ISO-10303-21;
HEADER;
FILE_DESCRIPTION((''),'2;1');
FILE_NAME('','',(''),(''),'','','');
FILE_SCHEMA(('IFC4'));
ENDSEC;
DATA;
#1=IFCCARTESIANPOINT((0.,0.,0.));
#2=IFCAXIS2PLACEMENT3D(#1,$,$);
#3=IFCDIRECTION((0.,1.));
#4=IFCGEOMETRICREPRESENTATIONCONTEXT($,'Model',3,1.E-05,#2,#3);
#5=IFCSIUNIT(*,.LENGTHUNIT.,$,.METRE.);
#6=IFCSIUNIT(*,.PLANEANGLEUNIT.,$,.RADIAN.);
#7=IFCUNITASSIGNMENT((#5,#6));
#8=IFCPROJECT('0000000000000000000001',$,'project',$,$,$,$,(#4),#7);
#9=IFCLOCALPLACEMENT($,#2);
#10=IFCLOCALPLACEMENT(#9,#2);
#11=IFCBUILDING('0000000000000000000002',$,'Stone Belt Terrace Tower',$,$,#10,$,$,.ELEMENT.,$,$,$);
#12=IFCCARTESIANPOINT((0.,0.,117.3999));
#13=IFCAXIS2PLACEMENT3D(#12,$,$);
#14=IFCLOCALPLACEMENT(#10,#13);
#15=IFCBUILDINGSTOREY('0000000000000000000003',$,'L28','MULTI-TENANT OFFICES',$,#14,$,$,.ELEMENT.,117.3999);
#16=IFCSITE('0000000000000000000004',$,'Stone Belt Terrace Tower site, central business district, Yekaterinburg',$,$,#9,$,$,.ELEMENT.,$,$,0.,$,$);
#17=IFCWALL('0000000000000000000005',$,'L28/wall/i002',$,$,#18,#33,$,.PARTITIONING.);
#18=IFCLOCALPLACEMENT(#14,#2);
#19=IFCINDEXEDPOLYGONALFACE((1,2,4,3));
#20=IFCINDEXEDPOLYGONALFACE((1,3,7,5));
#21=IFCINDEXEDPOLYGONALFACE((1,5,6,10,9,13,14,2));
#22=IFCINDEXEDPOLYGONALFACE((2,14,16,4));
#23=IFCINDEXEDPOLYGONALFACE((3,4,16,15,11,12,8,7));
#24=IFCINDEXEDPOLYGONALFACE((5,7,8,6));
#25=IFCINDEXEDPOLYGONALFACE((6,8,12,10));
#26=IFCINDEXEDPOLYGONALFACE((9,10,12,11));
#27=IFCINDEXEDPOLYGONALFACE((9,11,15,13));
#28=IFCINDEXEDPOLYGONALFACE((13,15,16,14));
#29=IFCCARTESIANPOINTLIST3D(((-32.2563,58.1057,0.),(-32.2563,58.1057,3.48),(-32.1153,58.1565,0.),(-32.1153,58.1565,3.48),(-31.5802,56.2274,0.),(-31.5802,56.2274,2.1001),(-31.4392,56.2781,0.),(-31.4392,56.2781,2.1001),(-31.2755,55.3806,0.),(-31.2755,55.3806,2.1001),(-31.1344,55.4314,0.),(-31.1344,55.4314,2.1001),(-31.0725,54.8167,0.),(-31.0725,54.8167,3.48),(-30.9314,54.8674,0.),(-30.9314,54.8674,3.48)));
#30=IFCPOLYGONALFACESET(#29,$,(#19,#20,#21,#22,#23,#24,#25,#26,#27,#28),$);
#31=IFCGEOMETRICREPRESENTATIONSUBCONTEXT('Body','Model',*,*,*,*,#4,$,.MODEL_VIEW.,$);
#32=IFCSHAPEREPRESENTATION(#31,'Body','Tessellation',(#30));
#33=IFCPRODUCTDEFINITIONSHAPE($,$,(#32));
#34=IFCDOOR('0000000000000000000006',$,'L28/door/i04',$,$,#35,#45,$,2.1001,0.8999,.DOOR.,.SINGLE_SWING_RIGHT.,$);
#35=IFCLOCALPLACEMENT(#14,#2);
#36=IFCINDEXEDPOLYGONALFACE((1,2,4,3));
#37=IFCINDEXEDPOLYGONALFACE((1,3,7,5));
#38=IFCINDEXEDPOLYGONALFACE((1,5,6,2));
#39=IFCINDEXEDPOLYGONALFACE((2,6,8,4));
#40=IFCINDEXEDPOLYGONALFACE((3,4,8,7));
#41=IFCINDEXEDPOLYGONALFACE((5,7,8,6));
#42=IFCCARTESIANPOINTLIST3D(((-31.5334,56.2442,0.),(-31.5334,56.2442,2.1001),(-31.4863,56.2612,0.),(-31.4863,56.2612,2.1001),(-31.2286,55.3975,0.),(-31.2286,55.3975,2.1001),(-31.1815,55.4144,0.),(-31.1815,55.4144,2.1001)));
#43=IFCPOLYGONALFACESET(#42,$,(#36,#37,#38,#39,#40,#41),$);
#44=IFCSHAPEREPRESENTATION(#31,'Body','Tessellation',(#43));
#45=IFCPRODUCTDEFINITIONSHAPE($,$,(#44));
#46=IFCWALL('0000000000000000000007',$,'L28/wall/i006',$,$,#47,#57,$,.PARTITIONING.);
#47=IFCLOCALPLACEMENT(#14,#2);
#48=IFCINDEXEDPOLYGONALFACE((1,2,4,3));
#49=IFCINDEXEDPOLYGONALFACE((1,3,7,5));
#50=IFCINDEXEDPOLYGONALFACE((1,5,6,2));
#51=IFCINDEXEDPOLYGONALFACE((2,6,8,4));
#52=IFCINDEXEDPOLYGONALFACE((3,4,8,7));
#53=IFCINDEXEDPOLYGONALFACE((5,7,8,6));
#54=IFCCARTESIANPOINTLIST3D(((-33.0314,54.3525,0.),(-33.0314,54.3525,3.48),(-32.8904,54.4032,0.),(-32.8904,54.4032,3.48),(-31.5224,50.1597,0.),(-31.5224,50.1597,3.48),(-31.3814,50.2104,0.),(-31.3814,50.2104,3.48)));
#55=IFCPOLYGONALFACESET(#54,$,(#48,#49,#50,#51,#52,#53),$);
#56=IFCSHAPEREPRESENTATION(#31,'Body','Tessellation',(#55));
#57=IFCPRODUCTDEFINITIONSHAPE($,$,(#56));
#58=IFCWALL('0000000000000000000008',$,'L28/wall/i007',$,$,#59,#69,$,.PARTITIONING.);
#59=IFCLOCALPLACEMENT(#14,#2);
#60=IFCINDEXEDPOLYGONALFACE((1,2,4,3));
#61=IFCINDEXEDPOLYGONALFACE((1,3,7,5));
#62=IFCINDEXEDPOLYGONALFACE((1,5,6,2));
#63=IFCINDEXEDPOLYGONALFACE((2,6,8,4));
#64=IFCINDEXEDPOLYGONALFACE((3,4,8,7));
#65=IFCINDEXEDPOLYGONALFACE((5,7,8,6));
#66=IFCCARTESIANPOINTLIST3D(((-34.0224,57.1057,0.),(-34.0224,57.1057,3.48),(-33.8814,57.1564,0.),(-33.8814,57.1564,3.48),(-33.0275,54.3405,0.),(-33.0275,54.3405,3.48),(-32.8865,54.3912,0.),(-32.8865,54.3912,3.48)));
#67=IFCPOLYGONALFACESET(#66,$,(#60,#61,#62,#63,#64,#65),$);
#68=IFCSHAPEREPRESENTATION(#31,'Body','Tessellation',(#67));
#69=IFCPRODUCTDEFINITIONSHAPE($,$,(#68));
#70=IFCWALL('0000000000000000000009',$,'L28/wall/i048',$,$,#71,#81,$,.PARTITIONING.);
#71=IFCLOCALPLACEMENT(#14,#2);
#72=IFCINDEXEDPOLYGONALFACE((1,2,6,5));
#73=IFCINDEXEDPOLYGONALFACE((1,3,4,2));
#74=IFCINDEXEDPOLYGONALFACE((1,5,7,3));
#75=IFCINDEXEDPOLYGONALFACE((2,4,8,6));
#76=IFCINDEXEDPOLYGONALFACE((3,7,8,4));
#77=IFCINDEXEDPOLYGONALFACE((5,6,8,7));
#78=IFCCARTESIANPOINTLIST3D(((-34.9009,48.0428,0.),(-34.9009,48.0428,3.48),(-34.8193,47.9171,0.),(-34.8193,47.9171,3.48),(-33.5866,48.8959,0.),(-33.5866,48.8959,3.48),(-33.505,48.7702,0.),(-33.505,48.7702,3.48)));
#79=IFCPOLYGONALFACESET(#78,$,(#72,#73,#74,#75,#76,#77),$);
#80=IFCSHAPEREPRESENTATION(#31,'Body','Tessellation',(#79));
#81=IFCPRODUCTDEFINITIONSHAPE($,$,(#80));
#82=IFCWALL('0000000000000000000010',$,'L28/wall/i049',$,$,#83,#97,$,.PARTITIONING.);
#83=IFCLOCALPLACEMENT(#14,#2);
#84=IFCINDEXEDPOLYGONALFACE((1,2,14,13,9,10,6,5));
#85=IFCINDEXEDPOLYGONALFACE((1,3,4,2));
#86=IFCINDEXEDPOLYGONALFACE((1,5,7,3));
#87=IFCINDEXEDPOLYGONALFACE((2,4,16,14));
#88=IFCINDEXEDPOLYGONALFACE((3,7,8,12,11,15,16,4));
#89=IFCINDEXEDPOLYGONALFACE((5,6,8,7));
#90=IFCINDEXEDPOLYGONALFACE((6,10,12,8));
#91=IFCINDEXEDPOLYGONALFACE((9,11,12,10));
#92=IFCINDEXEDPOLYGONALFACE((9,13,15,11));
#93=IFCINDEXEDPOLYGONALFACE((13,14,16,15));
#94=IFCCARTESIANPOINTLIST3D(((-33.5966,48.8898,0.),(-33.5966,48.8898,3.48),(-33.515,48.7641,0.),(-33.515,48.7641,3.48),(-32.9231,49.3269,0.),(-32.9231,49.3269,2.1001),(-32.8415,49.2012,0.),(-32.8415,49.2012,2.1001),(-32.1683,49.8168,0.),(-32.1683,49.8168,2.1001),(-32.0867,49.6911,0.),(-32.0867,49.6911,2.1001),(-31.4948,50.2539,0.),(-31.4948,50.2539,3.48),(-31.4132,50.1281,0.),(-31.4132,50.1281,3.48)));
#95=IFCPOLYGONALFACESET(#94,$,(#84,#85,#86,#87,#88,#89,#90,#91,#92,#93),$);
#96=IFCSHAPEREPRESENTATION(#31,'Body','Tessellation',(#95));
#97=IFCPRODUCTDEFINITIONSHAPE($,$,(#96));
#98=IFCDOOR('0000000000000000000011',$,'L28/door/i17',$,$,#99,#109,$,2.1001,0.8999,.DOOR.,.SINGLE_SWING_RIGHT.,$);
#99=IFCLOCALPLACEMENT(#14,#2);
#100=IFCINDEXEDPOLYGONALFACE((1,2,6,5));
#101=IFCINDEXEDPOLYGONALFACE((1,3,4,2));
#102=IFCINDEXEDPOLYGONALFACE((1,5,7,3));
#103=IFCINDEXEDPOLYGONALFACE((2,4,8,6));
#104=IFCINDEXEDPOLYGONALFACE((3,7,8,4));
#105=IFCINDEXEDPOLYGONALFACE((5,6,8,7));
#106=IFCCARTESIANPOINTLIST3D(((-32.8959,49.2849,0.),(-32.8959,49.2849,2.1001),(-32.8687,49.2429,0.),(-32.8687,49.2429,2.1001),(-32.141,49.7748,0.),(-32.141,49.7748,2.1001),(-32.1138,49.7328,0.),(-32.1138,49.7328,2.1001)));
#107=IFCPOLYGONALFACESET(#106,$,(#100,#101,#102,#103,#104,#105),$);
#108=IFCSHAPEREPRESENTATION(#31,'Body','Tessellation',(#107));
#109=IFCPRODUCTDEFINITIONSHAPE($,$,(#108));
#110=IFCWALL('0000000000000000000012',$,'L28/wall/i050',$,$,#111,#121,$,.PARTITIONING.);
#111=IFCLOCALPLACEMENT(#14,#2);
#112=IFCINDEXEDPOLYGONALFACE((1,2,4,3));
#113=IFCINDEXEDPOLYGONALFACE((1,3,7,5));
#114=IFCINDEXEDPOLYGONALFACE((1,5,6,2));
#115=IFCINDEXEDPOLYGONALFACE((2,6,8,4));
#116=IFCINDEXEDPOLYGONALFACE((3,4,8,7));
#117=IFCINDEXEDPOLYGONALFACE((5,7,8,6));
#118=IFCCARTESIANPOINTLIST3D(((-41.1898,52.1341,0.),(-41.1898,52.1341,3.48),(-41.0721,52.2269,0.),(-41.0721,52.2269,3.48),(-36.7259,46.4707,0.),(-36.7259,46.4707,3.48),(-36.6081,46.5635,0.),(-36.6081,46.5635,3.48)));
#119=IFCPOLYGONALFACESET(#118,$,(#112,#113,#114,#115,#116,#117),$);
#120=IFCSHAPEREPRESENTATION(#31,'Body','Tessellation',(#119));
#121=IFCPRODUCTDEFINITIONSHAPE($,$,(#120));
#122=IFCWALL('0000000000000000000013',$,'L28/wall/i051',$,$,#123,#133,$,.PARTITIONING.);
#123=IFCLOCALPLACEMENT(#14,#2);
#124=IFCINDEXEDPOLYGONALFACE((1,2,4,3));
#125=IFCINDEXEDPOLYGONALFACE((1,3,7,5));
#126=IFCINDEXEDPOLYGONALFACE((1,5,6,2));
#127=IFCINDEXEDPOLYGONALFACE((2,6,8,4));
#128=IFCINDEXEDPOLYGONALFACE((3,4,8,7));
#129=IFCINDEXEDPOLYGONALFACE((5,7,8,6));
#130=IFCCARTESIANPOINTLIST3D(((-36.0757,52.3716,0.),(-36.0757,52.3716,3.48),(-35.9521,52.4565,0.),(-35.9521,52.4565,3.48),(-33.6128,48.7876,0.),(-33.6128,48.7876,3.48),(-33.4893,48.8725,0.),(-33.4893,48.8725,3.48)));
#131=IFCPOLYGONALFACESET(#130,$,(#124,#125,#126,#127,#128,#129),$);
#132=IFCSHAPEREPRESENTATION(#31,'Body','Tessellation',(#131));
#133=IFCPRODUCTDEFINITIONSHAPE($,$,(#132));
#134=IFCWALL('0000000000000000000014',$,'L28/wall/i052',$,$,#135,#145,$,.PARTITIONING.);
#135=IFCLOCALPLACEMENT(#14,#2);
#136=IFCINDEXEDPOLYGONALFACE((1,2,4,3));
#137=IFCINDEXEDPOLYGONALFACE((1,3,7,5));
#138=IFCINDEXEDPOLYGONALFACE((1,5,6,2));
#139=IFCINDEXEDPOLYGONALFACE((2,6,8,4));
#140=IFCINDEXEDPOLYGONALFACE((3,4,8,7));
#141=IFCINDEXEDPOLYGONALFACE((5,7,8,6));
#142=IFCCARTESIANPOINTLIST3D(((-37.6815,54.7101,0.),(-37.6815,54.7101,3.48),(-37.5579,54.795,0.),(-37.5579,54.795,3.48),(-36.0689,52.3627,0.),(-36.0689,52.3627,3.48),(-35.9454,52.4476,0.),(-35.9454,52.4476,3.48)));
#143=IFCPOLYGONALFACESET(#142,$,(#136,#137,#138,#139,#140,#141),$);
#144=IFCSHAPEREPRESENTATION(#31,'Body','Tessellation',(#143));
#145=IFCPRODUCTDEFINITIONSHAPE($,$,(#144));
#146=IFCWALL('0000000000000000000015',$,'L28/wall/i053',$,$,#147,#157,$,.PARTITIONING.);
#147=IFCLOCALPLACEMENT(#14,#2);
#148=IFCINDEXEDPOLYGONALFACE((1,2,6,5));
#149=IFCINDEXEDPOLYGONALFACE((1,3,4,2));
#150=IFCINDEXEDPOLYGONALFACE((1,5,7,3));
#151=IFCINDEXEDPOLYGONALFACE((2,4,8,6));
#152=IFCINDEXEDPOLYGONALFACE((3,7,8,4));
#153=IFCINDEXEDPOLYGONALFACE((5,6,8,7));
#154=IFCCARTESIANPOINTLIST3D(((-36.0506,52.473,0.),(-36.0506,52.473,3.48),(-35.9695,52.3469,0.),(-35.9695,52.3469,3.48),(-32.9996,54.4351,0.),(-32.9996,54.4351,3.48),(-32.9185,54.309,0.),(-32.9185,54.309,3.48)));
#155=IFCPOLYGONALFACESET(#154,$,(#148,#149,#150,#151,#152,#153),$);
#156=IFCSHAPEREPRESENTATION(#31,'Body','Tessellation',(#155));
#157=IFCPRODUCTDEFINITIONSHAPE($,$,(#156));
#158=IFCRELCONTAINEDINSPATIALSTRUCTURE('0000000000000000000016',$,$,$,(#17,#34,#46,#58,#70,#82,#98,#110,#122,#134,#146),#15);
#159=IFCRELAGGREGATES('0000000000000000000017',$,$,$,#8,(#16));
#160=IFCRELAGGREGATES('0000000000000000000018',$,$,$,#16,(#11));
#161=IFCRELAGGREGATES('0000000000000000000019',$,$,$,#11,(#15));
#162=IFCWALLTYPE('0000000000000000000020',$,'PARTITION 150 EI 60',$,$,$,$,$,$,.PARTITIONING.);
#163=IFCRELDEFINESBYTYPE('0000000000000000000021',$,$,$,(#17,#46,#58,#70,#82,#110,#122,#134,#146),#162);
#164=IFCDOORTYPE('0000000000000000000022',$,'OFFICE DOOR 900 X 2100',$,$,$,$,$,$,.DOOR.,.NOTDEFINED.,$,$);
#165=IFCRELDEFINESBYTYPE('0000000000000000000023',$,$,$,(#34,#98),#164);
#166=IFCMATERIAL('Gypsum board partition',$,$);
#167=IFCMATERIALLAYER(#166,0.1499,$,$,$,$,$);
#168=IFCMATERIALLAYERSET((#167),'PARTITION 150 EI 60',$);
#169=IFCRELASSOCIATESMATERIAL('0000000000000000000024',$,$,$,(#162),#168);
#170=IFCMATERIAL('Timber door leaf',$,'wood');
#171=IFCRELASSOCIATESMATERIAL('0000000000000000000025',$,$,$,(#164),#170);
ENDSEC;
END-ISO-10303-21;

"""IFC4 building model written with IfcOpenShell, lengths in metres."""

from ifc_helpers import new_model, si_unit, direction, frame, frame_2d, origin, place, context, subcontext, project, spatial, rectangle, extrude, material, layer, layer_set, type_object, element, fill, save


model = new_model("IFC4")

# Units and contexts
model_context = context("Model", 3, precision=1e-05, world=origin(), true_north=direction((0.0, 1.0)))
body_context = subcontext(model_context, "Body", "Model", "MODEL_VIEW")
ifc_project = project(units=[si_unit("LENGTHUNIT", "METRE"), si_unit("PLANEANGLEUNIT", "RADIAN")], contexts=[model_context])

# Site, building, storey
site_placement = place(None, origin())
site = spatial("IfcSite", under=ifc_project, at=site_placement, Name="Stone Belt Terrace Tower site, central business district, Yekaterinburg", CompositionType="ELEMENT", RefElevation=0.0)
building_placement = place(site_placement, origin())
building = spatial("IfcBuilding", under=site, at=building_placement, Name="Stone Belt Terrace Tower", CompositionType="ELEMENT")
storey_placement = place(building_placement, frame((0.0, 0.0, 117.3999)))
storey = spatial("IfcBuildingStorey", under=building, at=storey_placement, Name="L28", Description="MULTI-TENANT OFFICES", CompositionType="ELEMENT", Elevation=117.3999)

# Wall, opening, door
ifc_material_1 = material(Name="Gypsum board partition")
ifc_layer_1 = layer(ifc_material_1, 0.1499)
ifc_layer_set_1 = layer_set([ifc_layer_1], Name="PARTITION 150 EI 60")
wall_type_1 = type_object("IfcWallType", Name="PARTITION 150 EI 60", PredefinedType="PARTITIONING", material=ifc_layer_set_1)
wall_1_placement = place(storey_placement, frame((-32.1858, 58.1311, 0.0), z_axis=(0.0, 0.0, 1.0), x_axis=(0.338663, -0.940908, 0.0)))
wall_1 = element("IfcWall", 1, at=wall_1_placement, inside=storey, type_object=wall_type_1, Name="L28/wall/i002", PredefinedType="PARTITIONING", context=body_context, shape_type="SweptSolid", body=[
    extrude(rectangle(XDim=3.4956, YDim=0.1499, at=frame_2d((1.7478, 0.0))), origin(), (0.0, 0.0, 1.0), 3.48),
])
opening_1_placement = place(wall_1_placement, frame((1.9963, 0.0, 0.0)))
opening_1 = element("IfcOpeningElement", 2, at=opening_1_placement, cuts=wall_1, PredefinedType="OPENING", context=body_context, shape_type="SweptSolid", body=[
    extrude(rectangle(XDim=0.8999, YDim=2.1001, at=frame_2d((0.45, 1.05))), frame((0.0, 0.085, 0.0), z_axis=(0.0, -1.0, 0.0), x_axis=(1.0, 0.0, 0.0)), (0.0, 0.0, 1.0), 0.1699),
])
ifc_material_2 = material(Name="Timber door leaf", Category="wood")
door_type = type_object("IfcDoorType", Name="OFFICE DOOR 900 X 2100", OperationType="NOTDEFINED", PredefinedType="DOOR", material=ifc_material_2)
door_1_placement = place(opening_1_placement, origin())
door_1 = element("IfcDoor", 3, at=door_1_placement, inside=storey, type_object=door_type, Name="L28/door/i04", OperationType="SINGLE_SWING_RIGHT", OverallHeight=2.1001, OverallWidth=0.8999, PredefinedType="DOOR", context=body_context, shape_type="SweptSolid", body=[
    extrude(rectangle(XDim=0.8999, YDim=2.1001, at=frame_2d((0.45, 1.05))), frame((0.0, 0.0249, 0.0), z_axis=(0.0, -1.0, 0.0), x_axis=(1.0, 0.0, 0.0)), (0.0, 0.0, 1.0), 0.05),
])
fill(opening_1, door_1)

# Walls
wall_2_placement = place(storey_placement, frame((-31.4519, 50.1851, 0.0), z_axis=(0.0, 0.0, 1.0), x_axis=(-0.33864, 0.940916, 0.0)))
element("IfcWall", 4, at=wall_2_placement, inside=storey, type_object=wall_type_1, Name="L28/wall/i006", PredefinedType="PARTITIONING", context=body_context, shape_type="SweptSolid", body=[
    extrude(rectangle(XDim=4.4561, YDim=0.1499, at=frame_2d((2.228, 0.0))), origin(), (0.0, 0.0, 1.0), 3.48),
])
wall_3_placement = place(storey_placement, frame((-32.957, 54.366, 0.0), z_axis=(0.0, 0.0, 1.0), x_axis=(-0.338546, 0.94095, 0.0)))
element("IfcWall", 5, at=wall_3_placement, inside=storey, type_object=wall_type_1, Name="L28/wall/i007", PredefinedType="PARTITIONING", context=body_context, shape_type="SweptSolid", body=[
    extrude(rectangle(XDim=2.9387, YDim=0.1499, at=frame_2d((1.4692, 0.0))), origin(), (0.0, 0.0, 1.0), 3.48),
])
wall_4_placement = place(storey_placement, frame((-34.8601, 47.98, 0.0), z_axis=(0.0, 0.0, 1.0), x_axis=(0.838796, 0.544446, 0.0)))
element("IfcWall", 6, at=wall_4_placement, inside=storey, type_object=wall_type_1, Name="L28/wall/i048", PredefinedType="PARTITIONING", context=body_context, shape_type="SweptSolid", body=[
    extrude(rectangle(XDim=1.5669, YDim=0.1499, at=frame_2d((0.7834, 0.0))), origin(), (0.0, 0.0, 1.0), 3.48),
])

# Wall, opening, door
wall_5_placement = place(storey_placement, frame((-33.5559, 48.8269, 0.0), z_axis=(0.0, 0.0, 1.0), x_axis=(0.838837, 0.544382, 0.0)))
wall_5 = element("IfcWall", 7, at=wall_5_placement, inside=storey, type_object=wall_type_1, Name="L28/wall/i049", PredefinedType="PARTITIONING", context=body_context, shape_type="SweptSolid", body=[
    extrude(rectangle(XDim=2.5056, YDim=0.1499, at=frame_2d((1.2529, 0.0))), origin(), (0.0, 0.0, 1.0), 3.48),
])
opening_2_placement = place(wall_5_placement, frame((0.803, 0.0, 0.0)))
opening_2 = element("IfcOpeningElement", 8, at=opening_2_placement, cuts=wall_5, PredefinedType="OPENING", context=body_context, shape_type="SweptSolid", body=[
    extrude(rectangle(XDim=0.8999, YDim=2.1001, at=frame_2d((0.45, 1.05))), frame((0.0, 0.085, 0.0), z_axis=(0.0, -1.0, 0.0), x_axis=(1.0, 0.0, 0.0)), (0.0, 0.0, 1.0), 0.1699),
])
door_2_placement = place(opening_2_placement, origin())
door_2 = element("IfcDoor", 9, at=door_2_placement, inside=storey, type_object=door_type, Name="L28/door/i17", OperationType="SINGLE_SWING_RIGHT", OverallHeight=2.1001, OverallWidth=0.8999, PredefinedType="DOOR", context=body_context, shape_type="SweptSolid", body=[
    extrude(rectangle(XDim=0.8999, YDim=2.1001, at=frame_2d((0.45, 1.05))), frame((0.0, 0.0249, 0.0), z_axis=(0.0, -1.0, 0.0), x_axis=(1.0, 0.0, 0.0)), (0.0, 0.0, 1.0), 0.05),
])
fill(opening_2, door_2)

# Walls
wall_6_placement = place(storey_placement, frame((-41.1309, 52.1804, 0.0), z_axis=(0.0, 0.0, 1.0), x_axis=(0.61903, -0.785367, 0.0)))
element("IfcWall", 10, at=wall_6_placement, inside=storey, type_object=wall_type_1, Name="L28/wall/i050", PredefinedType="PARTITIONING", context=body_context, shape_type="SweptSolid", body=[
    extrude(rectangle(XDim=7.2112, YDim=0.1499, at=frame_2d((3.6055, 0.0))), origin(), (0.0, 0.0, 1.0), 3.48),
])
wall_7_placement = place(storey_placement, frame((-36.0139, 52.4141, 0.0), z_axis=(0.0, 0.0, 1.0), x_axis=(0.566357, -0.82416, 0.0)))
element("IfcWall", 11, at=wall_7_placement, inside=storey, type_object=wall_type_1, Name="L28/wall/i051", PredefinedType="PARTITIONING", context=body_context, shape_type="SweptSolid", body=[
    extrude(rectangle(XDim=4.3486, YDim=0.1499, at=frame_2d((2.1743, 0.0))), origin(), (0.0, 0.0, 1.0), 3.48),
])
wall_8_placement = place(storey_placement, frame((-37.6196, 54.7524, 0.0), z_axis=(0.0, 0.0, 1.0), x_axis=(0.56622, -0.824254, 0.0)))
element("IfcWall", 12, at=wall_8_placement, inside=storey, type_object=wall_type_1, Name="L28/wall/i052", PredefinedType="PARTITIONING", context=body_context, shape_type="SweptSolid", body=[
    extrude(rectangle(XDim=2.8479, YDim=0.1499, at=frame_2d((1.4238, 0.0))), origin(), (0.0, 0.0, 1.0), 3.48),
])
wall_9_placement = place(storey_placement, frame((-36.01, 52.4099, 0.0), z_axis=(0.0, 0.0, 1.0), x_axis=(0.84108, 0.540911, 0.0)))
element("IfcWall", 13, at=wall_9_placement, inside=storey, type_object=wall_type_1, Name="L28/wall/i053", PredefinedType="PARTITIONING", context=body_context, shape_type="SweptSolid", body=[
    extrude(rectangle(XDim=3.6274, YDim=0.1499, at=frame_2d((1.8137, 0.0))), origin(), (0.0, 0.0, 1.0), 3.48),
])

save(model, "model.ifc")
